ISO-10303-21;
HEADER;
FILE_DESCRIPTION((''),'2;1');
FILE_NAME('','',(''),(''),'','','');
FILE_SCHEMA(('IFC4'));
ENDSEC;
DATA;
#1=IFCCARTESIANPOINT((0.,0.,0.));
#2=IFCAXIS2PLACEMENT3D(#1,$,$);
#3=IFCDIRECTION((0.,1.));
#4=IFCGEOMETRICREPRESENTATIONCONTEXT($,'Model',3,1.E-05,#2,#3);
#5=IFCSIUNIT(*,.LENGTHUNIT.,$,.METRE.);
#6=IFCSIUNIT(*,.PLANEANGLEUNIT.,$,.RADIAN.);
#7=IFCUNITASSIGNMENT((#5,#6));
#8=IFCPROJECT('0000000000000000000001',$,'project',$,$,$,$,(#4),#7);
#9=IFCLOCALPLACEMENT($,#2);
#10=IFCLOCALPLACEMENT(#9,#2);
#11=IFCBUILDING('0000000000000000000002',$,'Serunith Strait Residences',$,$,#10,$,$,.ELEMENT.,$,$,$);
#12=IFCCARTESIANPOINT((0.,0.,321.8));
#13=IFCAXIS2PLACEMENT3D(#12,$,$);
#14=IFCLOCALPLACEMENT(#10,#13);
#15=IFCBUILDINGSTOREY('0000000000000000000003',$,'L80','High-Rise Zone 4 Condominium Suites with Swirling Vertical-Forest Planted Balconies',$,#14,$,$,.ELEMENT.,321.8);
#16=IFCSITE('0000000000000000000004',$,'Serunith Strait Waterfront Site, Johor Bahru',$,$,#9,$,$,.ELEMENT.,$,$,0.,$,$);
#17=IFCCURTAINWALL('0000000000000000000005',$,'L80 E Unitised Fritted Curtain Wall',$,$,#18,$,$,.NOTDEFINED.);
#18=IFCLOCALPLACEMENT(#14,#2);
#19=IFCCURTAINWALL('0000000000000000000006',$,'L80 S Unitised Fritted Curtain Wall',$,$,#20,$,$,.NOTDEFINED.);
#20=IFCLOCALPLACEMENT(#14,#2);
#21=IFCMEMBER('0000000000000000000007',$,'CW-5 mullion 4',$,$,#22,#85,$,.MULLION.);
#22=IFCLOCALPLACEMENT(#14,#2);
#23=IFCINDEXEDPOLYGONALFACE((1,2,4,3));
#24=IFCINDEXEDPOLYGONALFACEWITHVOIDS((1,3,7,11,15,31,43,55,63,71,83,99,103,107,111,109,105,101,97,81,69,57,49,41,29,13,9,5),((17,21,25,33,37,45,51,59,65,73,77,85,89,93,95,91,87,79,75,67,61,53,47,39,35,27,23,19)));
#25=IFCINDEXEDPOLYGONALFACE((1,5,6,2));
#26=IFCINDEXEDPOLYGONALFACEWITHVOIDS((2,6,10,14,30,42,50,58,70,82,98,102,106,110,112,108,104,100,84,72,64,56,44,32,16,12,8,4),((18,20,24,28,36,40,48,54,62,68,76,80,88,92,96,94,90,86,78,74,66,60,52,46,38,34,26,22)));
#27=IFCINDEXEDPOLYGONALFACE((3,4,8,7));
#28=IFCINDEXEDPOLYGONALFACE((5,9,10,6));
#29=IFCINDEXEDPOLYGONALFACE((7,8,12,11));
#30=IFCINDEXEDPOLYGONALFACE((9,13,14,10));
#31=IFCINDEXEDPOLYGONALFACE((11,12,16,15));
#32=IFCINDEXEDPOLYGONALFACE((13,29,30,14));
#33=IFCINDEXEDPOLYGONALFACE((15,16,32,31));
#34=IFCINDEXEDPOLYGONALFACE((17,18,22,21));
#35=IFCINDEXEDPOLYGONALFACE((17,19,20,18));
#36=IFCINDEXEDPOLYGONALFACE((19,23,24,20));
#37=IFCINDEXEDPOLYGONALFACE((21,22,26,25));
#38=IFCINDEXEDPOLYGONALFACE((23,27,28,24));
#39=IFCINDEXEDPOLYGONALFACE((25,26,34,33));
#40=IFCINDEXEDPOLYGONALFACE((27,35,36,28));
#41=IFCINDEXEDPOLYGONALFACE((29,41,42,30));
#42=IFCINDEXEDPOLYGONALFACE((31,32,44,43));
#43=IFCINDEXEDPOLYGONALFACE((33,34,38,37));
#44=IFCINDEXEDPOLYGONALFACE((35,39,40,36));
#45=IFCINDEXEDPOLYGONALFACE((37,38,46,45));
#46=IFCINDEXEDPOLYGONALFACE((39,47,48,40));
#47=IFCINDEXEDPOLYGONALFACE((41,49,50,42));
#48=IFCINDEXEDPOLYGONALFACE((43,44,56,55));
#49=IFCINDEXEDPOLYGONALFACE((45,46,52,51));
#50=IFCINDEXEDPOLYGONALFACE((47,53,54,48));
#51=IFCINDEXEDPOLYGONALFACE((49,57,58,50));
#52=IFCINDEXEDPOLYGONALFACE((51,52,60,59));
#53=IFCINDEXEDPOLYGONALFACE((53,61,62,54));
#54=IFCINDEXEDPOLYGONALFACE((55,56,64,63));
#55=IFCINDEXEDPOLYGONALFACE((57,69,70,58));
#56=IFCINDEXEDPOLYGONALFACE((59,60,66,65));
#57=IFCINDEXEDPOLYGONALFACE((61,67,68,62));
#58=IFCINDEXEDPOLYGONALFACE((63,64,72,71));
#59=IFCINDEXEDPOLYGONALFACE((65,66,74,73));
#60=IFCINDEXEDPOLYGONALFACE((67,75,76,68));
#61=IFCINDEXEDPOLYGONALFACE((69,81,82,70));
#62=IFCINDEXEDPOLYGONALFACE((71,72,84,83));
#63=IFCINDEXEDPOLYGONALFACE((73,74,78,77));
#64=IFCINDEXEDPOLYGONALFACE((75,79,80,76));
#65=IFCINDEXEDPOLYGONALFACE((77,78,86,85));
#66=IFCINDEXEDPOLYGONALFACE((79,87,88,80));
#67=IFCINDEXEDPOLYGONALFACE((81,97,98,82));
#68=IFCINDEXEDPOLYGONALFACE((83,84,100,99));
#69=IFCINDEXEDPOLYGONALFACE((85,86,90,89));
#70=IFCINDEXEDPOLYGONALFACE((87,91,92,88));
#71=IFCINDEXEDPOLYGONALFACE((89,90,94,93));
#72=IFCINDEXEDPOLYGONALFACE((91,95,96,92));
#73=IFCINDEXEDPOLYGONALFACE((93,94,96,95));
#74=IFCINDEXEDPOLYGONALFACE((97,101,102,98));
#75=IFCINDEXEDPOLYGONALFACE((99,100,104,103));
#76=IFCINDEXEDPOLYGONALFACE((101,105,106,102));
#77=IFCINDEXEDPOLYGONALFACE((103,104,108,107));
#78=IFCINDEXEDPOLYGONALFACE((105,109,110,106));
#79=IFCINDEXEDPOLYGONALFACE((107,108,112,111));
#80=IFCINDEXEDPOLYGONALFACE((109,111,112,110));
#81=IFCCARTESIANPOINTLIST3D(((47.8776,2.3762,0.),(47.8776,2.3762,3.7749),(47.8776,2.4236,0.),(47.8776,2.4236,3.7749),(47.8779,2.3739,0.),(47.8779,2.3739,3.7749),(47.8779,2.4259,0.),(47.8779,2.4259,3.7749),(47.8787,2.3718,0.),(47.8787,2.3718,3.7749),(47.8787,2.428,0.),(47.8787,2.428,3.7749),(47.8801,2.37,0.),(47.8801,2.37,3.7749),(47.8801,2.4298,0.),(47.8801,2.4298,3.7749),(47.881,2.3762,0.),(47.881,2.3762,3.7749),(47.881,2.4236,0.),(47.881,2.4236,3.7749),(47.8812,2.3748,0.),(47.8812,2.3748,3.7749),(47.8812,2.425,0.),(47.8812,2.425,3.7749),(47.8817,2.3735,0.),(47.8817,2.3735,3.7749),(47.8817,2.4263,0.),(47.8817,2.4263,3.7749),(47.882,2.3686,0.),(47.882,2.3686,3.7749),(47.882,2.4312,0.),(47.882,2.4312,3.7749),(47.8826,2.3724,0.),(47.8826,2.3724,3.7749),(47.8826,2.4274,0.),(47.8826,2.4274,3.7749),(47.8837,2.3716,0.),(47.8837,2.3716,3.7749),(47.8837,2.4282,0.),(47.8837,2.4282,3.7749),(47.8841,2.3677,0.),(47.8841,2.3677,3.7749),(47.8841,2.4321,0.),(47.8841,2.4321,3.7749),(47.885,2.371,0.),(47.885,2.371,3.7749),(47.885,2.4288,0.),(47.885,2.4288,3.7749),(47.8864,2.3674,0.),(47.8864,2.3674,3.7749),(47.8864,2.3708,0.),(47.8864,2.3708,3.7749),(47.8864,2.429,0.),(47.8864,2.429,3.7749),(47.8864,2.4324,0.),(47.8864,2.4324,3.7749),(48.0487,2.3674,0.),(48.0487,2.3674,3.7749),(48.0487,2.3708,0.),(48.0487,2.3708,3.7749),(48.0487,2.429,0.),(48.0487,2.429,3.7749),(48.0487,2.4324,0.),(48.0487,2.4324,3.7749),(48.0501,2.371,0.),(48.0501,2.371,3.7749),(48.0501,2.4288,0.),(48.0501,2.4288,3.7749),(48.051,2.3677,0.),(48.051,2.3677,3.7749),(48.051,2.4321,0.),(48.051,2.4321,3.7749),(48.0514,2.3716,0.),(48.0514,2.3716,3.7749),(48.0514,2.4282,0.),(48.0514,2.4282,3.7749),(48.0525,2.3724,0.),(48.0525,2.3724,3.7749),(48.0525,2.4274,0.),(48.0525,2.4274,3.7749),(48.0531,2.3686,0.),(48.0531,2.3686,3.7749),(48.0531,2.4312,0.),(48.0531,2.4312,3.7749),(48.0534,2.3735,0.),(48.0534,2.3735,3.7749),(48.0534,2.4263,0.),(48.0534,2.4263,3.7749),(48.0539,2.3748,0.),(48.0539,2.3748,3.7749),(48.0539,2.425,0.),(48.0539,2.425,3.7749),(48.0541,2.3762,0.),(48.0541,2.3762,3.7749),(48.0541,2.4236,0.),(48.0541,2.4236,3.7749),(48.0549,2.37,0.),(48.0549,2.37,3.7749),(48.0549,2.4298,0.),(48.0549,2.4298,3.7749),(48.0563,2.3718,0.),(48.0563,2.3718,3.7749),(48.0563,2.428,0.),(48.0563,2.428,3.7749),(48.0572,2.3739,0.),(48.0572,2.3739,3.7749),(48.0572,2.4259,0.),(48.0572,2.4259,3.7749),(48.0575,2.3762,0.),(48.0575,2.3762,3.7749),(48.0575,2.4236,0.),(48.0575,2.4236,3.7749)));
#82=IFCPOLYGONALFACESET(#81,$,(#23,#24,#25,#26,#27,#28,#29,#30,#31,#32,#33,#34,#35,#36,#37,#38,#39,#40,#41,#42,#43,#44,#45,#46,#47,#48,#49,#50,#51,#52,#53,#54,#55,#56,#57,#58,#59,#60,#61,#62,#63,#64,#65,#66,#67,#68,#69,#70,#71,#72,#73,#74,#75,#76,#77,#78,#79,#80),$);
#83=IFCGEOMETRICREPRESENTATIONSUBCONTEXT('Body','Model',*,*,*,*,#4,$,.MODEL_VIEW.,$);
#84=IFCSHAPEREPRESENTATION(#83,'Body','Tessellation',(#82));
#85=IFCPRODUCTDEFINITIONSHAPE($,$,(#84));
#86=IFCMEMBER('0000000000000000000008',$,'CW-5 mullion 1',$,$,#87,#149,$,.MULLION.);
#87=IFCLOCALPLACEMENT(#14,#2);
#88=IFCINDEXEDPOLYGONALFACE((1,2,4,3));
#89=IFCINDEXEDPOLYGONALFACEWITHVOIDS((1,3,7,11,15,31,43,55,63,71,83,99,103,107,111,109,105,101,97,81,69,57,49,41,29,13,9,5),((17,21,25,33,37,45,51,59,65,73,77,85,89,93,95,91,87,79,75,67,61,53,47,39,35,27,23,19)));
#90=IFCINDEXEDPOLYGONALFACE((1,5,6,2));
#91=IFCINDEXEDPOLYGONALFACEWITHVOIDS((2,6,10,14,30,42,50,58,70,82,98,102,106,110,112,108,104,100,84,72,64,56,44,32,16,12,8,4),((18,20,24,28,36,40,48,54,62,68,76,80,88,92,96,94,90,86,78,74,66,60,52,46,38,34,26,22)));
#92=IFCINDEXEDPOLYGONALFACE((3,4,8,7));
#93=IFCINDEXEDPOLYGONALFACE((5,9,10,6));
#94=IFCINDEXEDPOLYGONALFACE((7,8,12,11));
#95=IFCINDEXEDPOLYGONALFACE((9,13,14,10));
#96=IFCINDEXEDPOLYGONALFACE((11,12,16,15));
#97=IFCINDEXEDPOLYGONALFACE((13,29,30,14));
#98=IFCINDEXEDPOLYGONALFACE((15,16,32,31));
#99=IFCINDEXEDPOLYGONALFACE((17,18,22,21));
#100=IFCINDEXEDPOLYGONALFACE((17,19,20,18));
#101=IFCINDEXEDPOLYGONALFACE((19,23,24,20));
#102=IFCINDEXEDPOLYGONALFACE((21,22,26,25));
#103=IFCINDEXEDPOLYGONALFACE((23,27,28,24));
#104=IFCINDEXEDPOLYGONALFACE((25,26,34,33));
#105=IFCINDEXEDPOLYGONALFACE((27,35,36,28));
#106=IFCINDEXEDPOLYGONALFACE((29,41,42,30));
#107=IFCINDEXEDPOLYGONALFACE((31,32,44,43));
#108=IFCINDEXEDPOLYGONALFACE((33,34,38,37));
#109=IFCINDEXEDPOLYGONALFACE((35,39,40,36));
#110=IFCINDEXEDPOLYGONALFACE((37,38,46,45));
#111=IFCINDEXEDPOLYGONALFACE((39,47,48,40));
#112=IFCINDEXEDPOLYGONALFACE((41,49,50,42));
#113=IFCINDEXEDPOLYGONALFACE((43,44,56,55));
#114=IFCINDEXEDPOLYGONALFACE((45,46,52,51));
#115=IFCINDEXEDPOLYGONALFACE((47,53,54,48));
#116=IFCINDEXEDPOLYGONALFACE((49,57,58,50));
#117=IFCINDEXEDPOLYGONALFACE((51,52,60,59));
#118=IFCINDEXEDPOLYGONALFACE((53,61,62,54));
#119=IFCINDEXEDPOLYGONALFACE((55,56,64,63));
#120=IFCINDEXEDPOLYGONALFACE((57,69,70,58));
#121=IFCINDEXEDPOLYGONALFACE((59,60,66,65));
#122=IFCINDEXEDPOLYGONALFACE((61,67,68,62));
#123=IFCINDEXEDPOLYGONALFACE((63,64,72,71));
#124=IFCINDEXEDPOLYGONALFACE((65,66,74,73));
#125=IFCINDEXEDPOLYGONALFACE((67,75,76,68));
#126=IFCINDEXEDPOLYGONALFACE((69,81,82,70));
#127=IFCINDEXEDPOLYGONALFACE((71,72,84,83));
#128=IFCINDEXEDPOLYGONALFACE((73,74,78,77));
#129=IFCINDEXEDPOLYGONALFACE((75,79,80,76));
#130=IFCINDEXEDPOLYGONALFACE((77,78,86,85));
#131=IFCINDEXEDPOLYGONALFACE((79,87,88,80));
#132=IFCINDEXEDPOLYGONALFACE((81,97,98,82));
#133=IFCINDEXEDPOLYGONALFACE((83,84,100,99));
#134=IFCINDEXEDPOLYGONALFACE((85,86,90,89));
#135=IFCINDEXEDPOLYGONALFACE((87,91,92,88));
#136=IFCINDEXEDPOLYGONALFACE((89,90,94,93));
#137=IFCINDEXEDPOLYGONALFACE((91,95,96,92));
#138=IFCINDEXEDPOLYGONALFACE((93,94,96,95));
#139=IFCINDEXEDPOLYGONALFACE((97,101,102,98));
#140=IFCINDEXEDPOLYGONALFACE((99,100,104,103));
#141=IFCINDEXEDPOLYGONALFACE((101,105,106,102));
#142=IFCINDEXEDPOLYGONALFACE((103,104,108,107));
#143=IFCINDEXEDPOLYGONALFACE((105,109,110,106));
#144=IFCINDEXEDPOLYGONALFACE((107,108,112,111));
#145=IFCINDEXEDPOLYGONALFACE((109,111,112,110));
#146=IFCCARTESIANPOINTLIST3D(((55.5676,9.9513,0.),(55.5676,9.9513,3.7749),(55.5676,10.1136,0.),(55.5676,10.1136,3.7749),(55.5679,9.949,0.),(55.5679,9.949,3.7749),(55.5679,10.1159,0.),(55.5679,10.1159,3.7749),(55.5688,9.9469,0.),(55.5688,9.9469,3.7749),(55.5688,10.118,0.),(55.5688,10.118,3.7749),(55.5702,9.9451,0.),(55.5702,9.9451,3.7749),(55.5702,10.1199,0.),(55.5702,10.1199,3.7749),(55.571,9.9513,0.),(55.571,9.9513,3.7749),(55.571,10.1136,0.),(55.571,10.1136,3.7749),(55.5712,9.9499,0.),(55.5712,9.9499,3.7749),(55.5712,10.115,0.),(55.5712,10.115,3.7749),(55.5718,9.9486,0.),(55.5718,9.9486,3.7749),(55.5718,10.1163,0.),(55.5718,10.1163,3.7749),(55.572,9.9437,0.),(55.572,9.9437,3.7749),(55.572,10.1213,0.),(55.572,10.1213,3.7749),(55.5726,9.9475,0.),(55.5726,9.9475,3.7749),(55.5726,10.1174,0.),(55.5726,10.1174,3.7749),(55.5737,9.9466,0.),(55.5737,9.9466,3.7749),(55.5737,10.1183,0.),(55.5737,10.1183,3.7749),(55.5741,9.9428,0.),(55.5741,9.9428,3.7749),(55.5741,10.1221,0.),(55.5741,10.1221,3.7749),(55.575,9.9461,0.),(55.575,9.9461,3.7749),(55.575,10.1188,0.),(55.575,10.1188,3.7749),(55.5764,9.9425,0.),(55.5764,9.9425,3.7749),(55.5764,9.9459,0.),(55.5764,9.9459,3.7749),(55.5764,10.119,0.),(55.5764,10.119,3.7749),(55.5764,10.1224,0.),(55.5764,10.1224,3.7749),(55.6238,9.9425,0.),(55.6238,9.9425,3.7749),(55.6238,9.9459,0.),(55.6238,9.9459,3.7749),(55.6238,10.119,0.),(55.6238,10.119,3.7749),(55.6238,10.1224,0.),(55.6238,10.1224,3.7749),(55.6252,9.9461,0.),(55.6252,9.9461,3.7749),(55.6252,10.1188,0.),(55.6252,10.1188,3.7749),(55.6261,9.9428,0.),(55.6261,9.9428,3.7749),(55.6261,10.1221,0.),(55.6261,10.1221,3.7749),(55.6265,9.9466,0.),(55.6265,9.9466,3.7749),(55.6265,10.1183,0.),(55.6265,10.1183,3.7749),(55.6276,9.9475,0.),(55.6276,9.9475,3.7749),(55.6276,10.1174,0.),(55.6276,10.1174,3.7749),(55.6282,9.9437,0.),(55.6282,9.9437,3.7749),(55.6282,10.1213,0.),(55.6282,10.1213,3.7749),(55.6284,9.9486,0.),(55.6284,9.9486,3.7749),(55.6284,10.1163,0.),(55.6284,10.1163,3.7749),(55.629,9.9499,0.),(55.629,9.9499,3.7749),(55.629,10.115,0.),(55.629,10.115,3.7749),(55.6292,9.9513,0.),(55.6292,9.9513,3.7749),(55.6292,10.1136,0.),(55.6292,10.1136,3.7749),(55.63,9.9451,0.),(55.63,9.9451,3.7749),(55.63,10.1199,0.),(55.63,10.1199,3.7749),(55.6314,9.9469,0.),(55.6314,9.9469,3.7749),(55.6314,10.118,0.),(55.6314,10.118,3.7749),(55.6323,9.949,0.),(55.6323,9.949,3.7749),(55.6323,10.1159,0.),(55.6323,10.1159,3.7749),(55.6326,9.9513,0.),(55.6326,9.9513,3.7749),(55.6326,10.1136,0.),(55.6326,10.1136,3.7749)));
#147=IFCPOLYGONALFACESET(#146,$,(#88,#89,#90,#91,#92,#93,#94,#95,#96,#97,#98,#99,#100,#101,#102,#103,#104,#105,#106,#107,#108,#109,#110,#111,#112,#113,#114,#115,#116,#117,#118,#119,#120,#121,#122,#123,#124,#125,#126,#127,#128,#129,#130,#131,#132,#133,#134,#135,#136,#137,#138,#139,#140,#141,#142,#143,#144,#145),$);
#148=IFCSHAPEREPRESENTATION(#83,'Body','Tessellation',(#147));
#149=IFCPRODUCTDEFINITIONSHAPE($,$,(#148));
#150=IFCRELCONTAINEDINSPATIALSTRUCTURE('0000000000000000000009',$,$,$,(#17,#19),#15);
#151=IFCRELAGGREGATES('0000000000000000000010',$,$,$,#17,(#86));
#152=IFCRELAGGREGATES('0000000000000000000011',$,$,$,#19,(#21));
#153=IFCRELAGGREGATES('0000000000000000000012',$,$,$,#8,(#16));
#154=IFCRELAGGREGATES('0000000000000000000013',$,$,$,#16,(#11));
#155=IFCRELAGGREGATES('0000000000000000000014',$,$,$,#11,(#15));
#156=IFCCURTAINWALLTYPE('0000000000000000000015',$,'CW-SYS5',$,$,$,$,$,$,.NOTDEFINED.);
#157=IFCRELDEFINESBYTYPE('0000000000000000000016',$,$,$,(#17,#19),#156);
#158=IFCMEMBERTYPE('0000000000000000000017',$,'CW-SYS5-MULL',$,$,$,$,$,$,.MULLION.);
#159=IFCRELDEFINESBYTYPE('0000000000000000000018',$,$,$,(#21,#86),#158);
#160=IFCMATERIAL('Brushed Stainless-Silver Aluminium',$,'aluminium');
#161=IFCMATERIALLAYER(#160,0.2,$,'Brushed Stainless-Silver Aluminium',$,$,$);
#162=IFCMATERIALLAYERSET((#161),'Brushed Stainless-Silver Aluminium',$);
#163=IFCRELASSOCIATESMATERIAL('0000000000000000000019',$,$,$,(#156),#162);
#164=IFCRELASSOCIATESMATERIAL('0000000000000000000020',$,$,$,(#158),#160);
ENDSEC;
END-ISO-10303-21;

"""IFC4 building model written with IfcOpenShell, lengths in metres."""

from ifc_helpers import new_model, si_unit, direction, frame, origin, origin_2d, place, context, subcontext, project, spatial, hollow_rectangle, extrude, source, transform, mapped, material, layer, layer_set, material_profile, profile_set, type_object, element, aggregate, save


model = new_model("IFC4")

# Units and contexts
model_context = context("Model", 3, precision=1e-05, world=origin(), true_north=direction((0.0, 1.0)))
body_context = subcontext(model_context, "Body", "Model", "MODEL_VIEW")
ifc_project = project(units=[si_unit("LENGTHUNIT", "METRE"), si_unit("PLANEANGLEUNIT", "RADIAN")], contexts=[model_context])

# Site, building, storey
site_placement = place(None, origin())
site = spatial("IfcSite", under=ifc_project, at=site_placement, Name="Serunith Strait Waterfront Site, Johor Bahru", CompositionType="ELEMENT", RefElevation=0.0)
building_placement = place(site_placement, origin())
building = spatial("IfcBuilding", under=site, at=building_placement, Name="Serunith Strait Residences", CompositionType="ELEMENT")
storey_placement = place(building_placement, frame((0.0, 0.0, 321.8)))
storey = spatial("IfcBuildingStorey", under=building, at=storey_placement, Name="L80", Description="High-Rise Zone 4 Condominium Suites with Swirling Vertical-Forest Planted Balconies", CompositionType="ELEMENT", Elevation=321.8)

# Curtain wall
ifc_material_1 = material(Name="Brushed Stainless-Silver Aluminium", Category="aluminium")
ifc_layer_1 = layer(ifc_material_1, 0.2, Name="Brushed Stainless-Silver Aluminium")
ifc_layer_set_1 = layer_set([ifc_layer_1], Name="Brushed Stainless-Silver Aluminium")
curtain_wall_type = type_object("IfcCurtainWallType", Name="CW-SYS5", PredefinedType="NOTDEFINED", material=ifc_layer_set_1)
curtain_wall_1_placement = place(storey_placement, origin())
curtain_wall_1 = element("IfcCurtainWall", 1, at=curtain_wall_1_placement, inside=storey, type_object=curtain_wall_type, Name="L80 E Unitised Fritted Curtain Wall", PredefinedType="NOTDEFINED")

# Curtain wall, member
curtain_wall_2_placement = place(storey_placement, origin())
curtain_wall_2 = element("IfcCurtainWall", 2, at=curtain_wall_2_placement, inside=storey, type_object=curtain_wall_type, Name="L80 S Unitised Fritted Curtain Wall", PredefinedType="NOTDEFINED")
ifc_material_profile_1 = material_profile(ifc_material_1, hollow_rectangle(XDim=0.0649, YDim=0.1799, WallThickness=0.0034, InnerFilletRadius=0.0054, OuterFilletRadius=0.0088, at=origin_2d()), Name="ALU 180x65x3.5")
ifc_profile_set_1 = profile_set([ifc_material_profile_1], Name="Brushed Stainless-Silver Aluminium")
member_type_1 = type_object("IfcMemberType", Name="CW-SYS5-MULL", PredefinedType="MULLION", material=ifc_profile_set_1)
shared_shape_1 = source(origin(), body_context, "Body", "SweptSolid", [
    extrude(hollow_rectangle(XDim=0.0649, YDim=0.1799, WallThickness=0.0034, InnerFilletRadius=0.0054, OuterFilletRadius=0.0088, at=origin_2d()), origin(), (0.0, 0.0, 1.0), 3.7749),
])
member_1_placement = place(storey_placement, frame((47.9675, 2.3999, 0.0), z_axis=(0.0, 0.0, 1.0), x_axis=(0.0, 1.0, 0.0)))
member_1 = element("IfcMember", 3, at=member_1_placement, type_object=member_type_1, Name="CW-5 mullion 4", PredefinedType="MULLION", context=body_context, shape_type="MappedRepresentation", body=[
    mapped(shared_shape_1, transform((0.0, 0.0, 0.0), scale=1.0)),
])

# Member
member_2_placement = place(storey_placement, frame((55.6001, 10.0325, 0.0), z_axis=(0.0, 0.0, 1.0), x_axis=(-1.0, 0.0, 0.0)))
member_2 = element("IfcMember", 4, at=member_2_placement, type_object=member_type_1, Name="CW-5 mullion 1", PredefinedType="MULLION", context=body_context, shape_type="MappedRepresentation", body=[
    mapped(shared_shape_1, transform((0.0, 0.0, 0.0), scale=1.0)),
])
aggregate(curtain_wall_1, [member_2])

aggregate(curtain_wall_2, [member_1])

save(model, "model.ifc")
